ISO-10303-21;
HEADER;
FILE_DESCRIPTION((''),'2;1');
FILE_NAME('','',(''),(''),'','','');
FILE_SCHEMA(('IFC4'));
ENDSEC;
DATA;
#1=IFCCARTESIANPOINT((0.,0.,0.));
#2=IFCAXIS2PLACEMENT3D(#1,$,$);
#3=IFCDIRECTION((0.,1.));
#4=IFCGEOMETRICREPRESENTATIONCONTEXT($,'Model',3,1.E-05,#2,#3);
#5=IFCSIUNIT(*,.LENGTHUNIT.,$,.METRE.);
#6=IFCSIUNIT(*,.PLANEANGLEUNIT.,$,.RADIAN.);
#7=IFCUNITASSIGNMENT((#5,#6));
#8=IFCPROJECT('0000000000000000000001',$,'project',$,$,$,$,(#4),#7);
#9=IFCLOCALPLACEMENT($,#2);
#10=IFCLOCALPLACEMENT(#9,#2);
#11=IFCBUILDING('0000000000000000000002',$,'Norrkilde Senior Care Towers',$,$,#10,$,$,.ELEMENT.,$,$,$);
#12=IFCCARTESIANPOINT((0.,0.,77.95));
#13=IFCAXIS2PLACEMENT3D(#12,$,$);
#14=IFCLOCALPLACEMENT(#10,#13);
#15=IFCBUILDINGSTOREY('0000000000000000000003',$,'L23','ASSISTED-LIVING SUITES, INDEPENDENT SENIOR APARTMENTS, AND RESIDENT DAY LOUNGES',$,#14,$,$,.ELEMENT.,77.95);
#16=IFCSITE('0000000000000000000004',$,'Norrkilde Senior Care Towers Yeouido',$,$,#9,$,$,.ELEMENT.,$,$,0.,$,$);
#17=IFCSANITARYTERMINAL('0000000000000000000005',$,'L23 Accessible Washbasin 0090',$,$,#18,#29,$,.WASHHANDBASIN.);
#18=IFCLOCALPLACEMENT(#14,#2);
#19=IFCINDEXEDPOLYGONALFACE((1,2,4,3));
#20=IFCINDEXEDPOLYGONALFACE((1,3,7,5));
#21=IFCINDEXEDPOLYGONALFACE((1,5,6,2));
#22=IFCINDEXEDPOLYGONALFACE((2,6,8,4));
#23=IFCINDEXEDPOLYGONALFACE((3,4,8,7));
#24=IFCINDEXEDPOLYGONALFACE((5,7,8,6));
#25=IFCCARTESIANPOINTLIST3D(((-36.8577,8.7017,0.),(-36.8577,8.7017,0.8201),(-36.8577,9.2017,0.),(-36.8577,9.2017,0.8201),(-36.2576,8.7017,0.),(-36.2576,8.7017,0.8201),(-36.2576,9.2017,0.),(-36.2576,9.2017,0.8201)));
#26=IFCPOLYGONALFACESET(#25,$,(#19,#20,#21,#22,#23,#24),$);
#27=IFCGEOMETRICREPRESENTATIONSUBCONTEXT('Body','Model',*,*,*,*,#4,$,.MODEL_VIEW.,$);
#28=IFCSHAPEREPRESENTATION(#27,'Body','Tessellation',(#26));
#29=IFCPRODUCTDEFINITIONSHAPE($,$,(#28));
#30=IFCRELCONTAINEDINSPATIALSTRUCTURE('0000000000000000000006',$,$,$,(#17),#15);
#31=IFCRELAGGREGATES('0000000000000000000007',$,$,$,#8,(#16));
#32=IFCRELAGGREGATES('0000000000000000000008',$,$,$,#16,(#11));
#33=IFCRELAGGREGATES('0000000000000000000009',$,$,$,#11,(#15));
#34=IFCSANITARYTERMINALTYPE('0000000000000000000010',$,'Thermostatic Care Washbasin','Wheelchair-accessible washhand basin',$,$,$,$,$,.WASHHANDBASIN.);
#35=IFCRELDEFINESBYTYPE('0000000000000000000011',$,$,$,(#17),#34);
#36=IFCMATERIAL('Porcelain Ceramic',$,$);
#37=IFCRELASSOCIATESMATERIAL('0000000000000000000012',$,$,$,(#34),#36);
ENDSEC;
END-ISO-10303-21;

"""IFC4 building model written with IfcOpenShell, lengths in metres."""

from ifc_helpers import new_model, si_unit, direction, frame, origin, origin_2d, place, context, subcontext, project, spatial, rectangle, extrude, source, transform, mapped, material, type_object, type_shapes, element, save


model = new_model("IFC4")

# Units and contexts
model_context = context("Model", 3, precision=1e-05, world=origin(), true_north=direction((0.0, 1.0)))
body_context = subcontext(model_context, "Body", "Model", "MODEL_VIEW")
ifc_project = project(units=[si_unit("LENGTHUNIT", "METRE"), si_unit("PLANEANGLEUNIT", "RADIAN")], contexts=[model_context])

# Site, building, storey
site_placement = place(None, origin())
site = spatial("IfcSite", under=ifc_project, at=site_placement, Name="Norrkilde Senior Care Towers Yeouido", CompositionType="ELEMENT", RefElevation=0.0)
building_placement = place(site_placement, origin())
building = spatial("IfcBuilding", under=site, at=building_placement, Name="Norrkilde Senior Care Towers", CompositionType="ELEMENT")
storey_placement = place(building_placement, frame((0.0, 0.0, 77.95)))
storey = spatial("IfcBuildingStorey", under=building, at=storey_placement, Name="L23", Description="ASSISTED-LIVING SUITES, INDEPENDENT SENIOR APARTMENTS, AND RESIDENT DAY LOUNGES", CompositionType="ELEMENT", Elevation=77.95)

# Sanitary terminal
ifc_material_1 = material(Name="Porcelain Ceramic")
sanitary_terminal_type_1 = type_object("IfcSanitaryTerminalType", Name="Thermostatic Care Washbasin", Description="Wheelchair-accessible washhand basin", PredefinedType="WASHHANDBASIN", material=ifc_material_1)
shared_shape_1 = source(origin(), body_context, "Body", "SweptSolid", [
    extrude(rectangle(XDim=0.6001, YDim=0.5, at=origin_2d()), origin(), (0.0, 0.0, 1.0), 0.8201),
])
type_shapes(sanitary_terminal_type_1, [shared_shape_1])
sanitary_terminal_1_placement = place(storey_placement, frame((-36.5576, 8.9517, 0.0), z_axis=(0.0, 0.0, 1.0), x_axis=(1.0, 0.0, 0.0)))
element("IfcSanitaryTerminal", 1, at=sanitary_terminal_1_placement, inside=storey, type_object=sanitary_terminal_type_1, Name="L23 Accessible Washbasin 0090", PredefinedType="WASHHANDBASIN", context=body_context, shape_type="MappedRepresentation", body=[
    mapped(shared_shape_1, transform((0.0, 0.0, 0.0), x_axis=(1.0, 0.0, 0.0), y_axis=(0.0, 1.0, 0.0), z_axis=(0.0, 0.0, 1.0), scale=1.0)),
])

save(model, "model.ifc")
